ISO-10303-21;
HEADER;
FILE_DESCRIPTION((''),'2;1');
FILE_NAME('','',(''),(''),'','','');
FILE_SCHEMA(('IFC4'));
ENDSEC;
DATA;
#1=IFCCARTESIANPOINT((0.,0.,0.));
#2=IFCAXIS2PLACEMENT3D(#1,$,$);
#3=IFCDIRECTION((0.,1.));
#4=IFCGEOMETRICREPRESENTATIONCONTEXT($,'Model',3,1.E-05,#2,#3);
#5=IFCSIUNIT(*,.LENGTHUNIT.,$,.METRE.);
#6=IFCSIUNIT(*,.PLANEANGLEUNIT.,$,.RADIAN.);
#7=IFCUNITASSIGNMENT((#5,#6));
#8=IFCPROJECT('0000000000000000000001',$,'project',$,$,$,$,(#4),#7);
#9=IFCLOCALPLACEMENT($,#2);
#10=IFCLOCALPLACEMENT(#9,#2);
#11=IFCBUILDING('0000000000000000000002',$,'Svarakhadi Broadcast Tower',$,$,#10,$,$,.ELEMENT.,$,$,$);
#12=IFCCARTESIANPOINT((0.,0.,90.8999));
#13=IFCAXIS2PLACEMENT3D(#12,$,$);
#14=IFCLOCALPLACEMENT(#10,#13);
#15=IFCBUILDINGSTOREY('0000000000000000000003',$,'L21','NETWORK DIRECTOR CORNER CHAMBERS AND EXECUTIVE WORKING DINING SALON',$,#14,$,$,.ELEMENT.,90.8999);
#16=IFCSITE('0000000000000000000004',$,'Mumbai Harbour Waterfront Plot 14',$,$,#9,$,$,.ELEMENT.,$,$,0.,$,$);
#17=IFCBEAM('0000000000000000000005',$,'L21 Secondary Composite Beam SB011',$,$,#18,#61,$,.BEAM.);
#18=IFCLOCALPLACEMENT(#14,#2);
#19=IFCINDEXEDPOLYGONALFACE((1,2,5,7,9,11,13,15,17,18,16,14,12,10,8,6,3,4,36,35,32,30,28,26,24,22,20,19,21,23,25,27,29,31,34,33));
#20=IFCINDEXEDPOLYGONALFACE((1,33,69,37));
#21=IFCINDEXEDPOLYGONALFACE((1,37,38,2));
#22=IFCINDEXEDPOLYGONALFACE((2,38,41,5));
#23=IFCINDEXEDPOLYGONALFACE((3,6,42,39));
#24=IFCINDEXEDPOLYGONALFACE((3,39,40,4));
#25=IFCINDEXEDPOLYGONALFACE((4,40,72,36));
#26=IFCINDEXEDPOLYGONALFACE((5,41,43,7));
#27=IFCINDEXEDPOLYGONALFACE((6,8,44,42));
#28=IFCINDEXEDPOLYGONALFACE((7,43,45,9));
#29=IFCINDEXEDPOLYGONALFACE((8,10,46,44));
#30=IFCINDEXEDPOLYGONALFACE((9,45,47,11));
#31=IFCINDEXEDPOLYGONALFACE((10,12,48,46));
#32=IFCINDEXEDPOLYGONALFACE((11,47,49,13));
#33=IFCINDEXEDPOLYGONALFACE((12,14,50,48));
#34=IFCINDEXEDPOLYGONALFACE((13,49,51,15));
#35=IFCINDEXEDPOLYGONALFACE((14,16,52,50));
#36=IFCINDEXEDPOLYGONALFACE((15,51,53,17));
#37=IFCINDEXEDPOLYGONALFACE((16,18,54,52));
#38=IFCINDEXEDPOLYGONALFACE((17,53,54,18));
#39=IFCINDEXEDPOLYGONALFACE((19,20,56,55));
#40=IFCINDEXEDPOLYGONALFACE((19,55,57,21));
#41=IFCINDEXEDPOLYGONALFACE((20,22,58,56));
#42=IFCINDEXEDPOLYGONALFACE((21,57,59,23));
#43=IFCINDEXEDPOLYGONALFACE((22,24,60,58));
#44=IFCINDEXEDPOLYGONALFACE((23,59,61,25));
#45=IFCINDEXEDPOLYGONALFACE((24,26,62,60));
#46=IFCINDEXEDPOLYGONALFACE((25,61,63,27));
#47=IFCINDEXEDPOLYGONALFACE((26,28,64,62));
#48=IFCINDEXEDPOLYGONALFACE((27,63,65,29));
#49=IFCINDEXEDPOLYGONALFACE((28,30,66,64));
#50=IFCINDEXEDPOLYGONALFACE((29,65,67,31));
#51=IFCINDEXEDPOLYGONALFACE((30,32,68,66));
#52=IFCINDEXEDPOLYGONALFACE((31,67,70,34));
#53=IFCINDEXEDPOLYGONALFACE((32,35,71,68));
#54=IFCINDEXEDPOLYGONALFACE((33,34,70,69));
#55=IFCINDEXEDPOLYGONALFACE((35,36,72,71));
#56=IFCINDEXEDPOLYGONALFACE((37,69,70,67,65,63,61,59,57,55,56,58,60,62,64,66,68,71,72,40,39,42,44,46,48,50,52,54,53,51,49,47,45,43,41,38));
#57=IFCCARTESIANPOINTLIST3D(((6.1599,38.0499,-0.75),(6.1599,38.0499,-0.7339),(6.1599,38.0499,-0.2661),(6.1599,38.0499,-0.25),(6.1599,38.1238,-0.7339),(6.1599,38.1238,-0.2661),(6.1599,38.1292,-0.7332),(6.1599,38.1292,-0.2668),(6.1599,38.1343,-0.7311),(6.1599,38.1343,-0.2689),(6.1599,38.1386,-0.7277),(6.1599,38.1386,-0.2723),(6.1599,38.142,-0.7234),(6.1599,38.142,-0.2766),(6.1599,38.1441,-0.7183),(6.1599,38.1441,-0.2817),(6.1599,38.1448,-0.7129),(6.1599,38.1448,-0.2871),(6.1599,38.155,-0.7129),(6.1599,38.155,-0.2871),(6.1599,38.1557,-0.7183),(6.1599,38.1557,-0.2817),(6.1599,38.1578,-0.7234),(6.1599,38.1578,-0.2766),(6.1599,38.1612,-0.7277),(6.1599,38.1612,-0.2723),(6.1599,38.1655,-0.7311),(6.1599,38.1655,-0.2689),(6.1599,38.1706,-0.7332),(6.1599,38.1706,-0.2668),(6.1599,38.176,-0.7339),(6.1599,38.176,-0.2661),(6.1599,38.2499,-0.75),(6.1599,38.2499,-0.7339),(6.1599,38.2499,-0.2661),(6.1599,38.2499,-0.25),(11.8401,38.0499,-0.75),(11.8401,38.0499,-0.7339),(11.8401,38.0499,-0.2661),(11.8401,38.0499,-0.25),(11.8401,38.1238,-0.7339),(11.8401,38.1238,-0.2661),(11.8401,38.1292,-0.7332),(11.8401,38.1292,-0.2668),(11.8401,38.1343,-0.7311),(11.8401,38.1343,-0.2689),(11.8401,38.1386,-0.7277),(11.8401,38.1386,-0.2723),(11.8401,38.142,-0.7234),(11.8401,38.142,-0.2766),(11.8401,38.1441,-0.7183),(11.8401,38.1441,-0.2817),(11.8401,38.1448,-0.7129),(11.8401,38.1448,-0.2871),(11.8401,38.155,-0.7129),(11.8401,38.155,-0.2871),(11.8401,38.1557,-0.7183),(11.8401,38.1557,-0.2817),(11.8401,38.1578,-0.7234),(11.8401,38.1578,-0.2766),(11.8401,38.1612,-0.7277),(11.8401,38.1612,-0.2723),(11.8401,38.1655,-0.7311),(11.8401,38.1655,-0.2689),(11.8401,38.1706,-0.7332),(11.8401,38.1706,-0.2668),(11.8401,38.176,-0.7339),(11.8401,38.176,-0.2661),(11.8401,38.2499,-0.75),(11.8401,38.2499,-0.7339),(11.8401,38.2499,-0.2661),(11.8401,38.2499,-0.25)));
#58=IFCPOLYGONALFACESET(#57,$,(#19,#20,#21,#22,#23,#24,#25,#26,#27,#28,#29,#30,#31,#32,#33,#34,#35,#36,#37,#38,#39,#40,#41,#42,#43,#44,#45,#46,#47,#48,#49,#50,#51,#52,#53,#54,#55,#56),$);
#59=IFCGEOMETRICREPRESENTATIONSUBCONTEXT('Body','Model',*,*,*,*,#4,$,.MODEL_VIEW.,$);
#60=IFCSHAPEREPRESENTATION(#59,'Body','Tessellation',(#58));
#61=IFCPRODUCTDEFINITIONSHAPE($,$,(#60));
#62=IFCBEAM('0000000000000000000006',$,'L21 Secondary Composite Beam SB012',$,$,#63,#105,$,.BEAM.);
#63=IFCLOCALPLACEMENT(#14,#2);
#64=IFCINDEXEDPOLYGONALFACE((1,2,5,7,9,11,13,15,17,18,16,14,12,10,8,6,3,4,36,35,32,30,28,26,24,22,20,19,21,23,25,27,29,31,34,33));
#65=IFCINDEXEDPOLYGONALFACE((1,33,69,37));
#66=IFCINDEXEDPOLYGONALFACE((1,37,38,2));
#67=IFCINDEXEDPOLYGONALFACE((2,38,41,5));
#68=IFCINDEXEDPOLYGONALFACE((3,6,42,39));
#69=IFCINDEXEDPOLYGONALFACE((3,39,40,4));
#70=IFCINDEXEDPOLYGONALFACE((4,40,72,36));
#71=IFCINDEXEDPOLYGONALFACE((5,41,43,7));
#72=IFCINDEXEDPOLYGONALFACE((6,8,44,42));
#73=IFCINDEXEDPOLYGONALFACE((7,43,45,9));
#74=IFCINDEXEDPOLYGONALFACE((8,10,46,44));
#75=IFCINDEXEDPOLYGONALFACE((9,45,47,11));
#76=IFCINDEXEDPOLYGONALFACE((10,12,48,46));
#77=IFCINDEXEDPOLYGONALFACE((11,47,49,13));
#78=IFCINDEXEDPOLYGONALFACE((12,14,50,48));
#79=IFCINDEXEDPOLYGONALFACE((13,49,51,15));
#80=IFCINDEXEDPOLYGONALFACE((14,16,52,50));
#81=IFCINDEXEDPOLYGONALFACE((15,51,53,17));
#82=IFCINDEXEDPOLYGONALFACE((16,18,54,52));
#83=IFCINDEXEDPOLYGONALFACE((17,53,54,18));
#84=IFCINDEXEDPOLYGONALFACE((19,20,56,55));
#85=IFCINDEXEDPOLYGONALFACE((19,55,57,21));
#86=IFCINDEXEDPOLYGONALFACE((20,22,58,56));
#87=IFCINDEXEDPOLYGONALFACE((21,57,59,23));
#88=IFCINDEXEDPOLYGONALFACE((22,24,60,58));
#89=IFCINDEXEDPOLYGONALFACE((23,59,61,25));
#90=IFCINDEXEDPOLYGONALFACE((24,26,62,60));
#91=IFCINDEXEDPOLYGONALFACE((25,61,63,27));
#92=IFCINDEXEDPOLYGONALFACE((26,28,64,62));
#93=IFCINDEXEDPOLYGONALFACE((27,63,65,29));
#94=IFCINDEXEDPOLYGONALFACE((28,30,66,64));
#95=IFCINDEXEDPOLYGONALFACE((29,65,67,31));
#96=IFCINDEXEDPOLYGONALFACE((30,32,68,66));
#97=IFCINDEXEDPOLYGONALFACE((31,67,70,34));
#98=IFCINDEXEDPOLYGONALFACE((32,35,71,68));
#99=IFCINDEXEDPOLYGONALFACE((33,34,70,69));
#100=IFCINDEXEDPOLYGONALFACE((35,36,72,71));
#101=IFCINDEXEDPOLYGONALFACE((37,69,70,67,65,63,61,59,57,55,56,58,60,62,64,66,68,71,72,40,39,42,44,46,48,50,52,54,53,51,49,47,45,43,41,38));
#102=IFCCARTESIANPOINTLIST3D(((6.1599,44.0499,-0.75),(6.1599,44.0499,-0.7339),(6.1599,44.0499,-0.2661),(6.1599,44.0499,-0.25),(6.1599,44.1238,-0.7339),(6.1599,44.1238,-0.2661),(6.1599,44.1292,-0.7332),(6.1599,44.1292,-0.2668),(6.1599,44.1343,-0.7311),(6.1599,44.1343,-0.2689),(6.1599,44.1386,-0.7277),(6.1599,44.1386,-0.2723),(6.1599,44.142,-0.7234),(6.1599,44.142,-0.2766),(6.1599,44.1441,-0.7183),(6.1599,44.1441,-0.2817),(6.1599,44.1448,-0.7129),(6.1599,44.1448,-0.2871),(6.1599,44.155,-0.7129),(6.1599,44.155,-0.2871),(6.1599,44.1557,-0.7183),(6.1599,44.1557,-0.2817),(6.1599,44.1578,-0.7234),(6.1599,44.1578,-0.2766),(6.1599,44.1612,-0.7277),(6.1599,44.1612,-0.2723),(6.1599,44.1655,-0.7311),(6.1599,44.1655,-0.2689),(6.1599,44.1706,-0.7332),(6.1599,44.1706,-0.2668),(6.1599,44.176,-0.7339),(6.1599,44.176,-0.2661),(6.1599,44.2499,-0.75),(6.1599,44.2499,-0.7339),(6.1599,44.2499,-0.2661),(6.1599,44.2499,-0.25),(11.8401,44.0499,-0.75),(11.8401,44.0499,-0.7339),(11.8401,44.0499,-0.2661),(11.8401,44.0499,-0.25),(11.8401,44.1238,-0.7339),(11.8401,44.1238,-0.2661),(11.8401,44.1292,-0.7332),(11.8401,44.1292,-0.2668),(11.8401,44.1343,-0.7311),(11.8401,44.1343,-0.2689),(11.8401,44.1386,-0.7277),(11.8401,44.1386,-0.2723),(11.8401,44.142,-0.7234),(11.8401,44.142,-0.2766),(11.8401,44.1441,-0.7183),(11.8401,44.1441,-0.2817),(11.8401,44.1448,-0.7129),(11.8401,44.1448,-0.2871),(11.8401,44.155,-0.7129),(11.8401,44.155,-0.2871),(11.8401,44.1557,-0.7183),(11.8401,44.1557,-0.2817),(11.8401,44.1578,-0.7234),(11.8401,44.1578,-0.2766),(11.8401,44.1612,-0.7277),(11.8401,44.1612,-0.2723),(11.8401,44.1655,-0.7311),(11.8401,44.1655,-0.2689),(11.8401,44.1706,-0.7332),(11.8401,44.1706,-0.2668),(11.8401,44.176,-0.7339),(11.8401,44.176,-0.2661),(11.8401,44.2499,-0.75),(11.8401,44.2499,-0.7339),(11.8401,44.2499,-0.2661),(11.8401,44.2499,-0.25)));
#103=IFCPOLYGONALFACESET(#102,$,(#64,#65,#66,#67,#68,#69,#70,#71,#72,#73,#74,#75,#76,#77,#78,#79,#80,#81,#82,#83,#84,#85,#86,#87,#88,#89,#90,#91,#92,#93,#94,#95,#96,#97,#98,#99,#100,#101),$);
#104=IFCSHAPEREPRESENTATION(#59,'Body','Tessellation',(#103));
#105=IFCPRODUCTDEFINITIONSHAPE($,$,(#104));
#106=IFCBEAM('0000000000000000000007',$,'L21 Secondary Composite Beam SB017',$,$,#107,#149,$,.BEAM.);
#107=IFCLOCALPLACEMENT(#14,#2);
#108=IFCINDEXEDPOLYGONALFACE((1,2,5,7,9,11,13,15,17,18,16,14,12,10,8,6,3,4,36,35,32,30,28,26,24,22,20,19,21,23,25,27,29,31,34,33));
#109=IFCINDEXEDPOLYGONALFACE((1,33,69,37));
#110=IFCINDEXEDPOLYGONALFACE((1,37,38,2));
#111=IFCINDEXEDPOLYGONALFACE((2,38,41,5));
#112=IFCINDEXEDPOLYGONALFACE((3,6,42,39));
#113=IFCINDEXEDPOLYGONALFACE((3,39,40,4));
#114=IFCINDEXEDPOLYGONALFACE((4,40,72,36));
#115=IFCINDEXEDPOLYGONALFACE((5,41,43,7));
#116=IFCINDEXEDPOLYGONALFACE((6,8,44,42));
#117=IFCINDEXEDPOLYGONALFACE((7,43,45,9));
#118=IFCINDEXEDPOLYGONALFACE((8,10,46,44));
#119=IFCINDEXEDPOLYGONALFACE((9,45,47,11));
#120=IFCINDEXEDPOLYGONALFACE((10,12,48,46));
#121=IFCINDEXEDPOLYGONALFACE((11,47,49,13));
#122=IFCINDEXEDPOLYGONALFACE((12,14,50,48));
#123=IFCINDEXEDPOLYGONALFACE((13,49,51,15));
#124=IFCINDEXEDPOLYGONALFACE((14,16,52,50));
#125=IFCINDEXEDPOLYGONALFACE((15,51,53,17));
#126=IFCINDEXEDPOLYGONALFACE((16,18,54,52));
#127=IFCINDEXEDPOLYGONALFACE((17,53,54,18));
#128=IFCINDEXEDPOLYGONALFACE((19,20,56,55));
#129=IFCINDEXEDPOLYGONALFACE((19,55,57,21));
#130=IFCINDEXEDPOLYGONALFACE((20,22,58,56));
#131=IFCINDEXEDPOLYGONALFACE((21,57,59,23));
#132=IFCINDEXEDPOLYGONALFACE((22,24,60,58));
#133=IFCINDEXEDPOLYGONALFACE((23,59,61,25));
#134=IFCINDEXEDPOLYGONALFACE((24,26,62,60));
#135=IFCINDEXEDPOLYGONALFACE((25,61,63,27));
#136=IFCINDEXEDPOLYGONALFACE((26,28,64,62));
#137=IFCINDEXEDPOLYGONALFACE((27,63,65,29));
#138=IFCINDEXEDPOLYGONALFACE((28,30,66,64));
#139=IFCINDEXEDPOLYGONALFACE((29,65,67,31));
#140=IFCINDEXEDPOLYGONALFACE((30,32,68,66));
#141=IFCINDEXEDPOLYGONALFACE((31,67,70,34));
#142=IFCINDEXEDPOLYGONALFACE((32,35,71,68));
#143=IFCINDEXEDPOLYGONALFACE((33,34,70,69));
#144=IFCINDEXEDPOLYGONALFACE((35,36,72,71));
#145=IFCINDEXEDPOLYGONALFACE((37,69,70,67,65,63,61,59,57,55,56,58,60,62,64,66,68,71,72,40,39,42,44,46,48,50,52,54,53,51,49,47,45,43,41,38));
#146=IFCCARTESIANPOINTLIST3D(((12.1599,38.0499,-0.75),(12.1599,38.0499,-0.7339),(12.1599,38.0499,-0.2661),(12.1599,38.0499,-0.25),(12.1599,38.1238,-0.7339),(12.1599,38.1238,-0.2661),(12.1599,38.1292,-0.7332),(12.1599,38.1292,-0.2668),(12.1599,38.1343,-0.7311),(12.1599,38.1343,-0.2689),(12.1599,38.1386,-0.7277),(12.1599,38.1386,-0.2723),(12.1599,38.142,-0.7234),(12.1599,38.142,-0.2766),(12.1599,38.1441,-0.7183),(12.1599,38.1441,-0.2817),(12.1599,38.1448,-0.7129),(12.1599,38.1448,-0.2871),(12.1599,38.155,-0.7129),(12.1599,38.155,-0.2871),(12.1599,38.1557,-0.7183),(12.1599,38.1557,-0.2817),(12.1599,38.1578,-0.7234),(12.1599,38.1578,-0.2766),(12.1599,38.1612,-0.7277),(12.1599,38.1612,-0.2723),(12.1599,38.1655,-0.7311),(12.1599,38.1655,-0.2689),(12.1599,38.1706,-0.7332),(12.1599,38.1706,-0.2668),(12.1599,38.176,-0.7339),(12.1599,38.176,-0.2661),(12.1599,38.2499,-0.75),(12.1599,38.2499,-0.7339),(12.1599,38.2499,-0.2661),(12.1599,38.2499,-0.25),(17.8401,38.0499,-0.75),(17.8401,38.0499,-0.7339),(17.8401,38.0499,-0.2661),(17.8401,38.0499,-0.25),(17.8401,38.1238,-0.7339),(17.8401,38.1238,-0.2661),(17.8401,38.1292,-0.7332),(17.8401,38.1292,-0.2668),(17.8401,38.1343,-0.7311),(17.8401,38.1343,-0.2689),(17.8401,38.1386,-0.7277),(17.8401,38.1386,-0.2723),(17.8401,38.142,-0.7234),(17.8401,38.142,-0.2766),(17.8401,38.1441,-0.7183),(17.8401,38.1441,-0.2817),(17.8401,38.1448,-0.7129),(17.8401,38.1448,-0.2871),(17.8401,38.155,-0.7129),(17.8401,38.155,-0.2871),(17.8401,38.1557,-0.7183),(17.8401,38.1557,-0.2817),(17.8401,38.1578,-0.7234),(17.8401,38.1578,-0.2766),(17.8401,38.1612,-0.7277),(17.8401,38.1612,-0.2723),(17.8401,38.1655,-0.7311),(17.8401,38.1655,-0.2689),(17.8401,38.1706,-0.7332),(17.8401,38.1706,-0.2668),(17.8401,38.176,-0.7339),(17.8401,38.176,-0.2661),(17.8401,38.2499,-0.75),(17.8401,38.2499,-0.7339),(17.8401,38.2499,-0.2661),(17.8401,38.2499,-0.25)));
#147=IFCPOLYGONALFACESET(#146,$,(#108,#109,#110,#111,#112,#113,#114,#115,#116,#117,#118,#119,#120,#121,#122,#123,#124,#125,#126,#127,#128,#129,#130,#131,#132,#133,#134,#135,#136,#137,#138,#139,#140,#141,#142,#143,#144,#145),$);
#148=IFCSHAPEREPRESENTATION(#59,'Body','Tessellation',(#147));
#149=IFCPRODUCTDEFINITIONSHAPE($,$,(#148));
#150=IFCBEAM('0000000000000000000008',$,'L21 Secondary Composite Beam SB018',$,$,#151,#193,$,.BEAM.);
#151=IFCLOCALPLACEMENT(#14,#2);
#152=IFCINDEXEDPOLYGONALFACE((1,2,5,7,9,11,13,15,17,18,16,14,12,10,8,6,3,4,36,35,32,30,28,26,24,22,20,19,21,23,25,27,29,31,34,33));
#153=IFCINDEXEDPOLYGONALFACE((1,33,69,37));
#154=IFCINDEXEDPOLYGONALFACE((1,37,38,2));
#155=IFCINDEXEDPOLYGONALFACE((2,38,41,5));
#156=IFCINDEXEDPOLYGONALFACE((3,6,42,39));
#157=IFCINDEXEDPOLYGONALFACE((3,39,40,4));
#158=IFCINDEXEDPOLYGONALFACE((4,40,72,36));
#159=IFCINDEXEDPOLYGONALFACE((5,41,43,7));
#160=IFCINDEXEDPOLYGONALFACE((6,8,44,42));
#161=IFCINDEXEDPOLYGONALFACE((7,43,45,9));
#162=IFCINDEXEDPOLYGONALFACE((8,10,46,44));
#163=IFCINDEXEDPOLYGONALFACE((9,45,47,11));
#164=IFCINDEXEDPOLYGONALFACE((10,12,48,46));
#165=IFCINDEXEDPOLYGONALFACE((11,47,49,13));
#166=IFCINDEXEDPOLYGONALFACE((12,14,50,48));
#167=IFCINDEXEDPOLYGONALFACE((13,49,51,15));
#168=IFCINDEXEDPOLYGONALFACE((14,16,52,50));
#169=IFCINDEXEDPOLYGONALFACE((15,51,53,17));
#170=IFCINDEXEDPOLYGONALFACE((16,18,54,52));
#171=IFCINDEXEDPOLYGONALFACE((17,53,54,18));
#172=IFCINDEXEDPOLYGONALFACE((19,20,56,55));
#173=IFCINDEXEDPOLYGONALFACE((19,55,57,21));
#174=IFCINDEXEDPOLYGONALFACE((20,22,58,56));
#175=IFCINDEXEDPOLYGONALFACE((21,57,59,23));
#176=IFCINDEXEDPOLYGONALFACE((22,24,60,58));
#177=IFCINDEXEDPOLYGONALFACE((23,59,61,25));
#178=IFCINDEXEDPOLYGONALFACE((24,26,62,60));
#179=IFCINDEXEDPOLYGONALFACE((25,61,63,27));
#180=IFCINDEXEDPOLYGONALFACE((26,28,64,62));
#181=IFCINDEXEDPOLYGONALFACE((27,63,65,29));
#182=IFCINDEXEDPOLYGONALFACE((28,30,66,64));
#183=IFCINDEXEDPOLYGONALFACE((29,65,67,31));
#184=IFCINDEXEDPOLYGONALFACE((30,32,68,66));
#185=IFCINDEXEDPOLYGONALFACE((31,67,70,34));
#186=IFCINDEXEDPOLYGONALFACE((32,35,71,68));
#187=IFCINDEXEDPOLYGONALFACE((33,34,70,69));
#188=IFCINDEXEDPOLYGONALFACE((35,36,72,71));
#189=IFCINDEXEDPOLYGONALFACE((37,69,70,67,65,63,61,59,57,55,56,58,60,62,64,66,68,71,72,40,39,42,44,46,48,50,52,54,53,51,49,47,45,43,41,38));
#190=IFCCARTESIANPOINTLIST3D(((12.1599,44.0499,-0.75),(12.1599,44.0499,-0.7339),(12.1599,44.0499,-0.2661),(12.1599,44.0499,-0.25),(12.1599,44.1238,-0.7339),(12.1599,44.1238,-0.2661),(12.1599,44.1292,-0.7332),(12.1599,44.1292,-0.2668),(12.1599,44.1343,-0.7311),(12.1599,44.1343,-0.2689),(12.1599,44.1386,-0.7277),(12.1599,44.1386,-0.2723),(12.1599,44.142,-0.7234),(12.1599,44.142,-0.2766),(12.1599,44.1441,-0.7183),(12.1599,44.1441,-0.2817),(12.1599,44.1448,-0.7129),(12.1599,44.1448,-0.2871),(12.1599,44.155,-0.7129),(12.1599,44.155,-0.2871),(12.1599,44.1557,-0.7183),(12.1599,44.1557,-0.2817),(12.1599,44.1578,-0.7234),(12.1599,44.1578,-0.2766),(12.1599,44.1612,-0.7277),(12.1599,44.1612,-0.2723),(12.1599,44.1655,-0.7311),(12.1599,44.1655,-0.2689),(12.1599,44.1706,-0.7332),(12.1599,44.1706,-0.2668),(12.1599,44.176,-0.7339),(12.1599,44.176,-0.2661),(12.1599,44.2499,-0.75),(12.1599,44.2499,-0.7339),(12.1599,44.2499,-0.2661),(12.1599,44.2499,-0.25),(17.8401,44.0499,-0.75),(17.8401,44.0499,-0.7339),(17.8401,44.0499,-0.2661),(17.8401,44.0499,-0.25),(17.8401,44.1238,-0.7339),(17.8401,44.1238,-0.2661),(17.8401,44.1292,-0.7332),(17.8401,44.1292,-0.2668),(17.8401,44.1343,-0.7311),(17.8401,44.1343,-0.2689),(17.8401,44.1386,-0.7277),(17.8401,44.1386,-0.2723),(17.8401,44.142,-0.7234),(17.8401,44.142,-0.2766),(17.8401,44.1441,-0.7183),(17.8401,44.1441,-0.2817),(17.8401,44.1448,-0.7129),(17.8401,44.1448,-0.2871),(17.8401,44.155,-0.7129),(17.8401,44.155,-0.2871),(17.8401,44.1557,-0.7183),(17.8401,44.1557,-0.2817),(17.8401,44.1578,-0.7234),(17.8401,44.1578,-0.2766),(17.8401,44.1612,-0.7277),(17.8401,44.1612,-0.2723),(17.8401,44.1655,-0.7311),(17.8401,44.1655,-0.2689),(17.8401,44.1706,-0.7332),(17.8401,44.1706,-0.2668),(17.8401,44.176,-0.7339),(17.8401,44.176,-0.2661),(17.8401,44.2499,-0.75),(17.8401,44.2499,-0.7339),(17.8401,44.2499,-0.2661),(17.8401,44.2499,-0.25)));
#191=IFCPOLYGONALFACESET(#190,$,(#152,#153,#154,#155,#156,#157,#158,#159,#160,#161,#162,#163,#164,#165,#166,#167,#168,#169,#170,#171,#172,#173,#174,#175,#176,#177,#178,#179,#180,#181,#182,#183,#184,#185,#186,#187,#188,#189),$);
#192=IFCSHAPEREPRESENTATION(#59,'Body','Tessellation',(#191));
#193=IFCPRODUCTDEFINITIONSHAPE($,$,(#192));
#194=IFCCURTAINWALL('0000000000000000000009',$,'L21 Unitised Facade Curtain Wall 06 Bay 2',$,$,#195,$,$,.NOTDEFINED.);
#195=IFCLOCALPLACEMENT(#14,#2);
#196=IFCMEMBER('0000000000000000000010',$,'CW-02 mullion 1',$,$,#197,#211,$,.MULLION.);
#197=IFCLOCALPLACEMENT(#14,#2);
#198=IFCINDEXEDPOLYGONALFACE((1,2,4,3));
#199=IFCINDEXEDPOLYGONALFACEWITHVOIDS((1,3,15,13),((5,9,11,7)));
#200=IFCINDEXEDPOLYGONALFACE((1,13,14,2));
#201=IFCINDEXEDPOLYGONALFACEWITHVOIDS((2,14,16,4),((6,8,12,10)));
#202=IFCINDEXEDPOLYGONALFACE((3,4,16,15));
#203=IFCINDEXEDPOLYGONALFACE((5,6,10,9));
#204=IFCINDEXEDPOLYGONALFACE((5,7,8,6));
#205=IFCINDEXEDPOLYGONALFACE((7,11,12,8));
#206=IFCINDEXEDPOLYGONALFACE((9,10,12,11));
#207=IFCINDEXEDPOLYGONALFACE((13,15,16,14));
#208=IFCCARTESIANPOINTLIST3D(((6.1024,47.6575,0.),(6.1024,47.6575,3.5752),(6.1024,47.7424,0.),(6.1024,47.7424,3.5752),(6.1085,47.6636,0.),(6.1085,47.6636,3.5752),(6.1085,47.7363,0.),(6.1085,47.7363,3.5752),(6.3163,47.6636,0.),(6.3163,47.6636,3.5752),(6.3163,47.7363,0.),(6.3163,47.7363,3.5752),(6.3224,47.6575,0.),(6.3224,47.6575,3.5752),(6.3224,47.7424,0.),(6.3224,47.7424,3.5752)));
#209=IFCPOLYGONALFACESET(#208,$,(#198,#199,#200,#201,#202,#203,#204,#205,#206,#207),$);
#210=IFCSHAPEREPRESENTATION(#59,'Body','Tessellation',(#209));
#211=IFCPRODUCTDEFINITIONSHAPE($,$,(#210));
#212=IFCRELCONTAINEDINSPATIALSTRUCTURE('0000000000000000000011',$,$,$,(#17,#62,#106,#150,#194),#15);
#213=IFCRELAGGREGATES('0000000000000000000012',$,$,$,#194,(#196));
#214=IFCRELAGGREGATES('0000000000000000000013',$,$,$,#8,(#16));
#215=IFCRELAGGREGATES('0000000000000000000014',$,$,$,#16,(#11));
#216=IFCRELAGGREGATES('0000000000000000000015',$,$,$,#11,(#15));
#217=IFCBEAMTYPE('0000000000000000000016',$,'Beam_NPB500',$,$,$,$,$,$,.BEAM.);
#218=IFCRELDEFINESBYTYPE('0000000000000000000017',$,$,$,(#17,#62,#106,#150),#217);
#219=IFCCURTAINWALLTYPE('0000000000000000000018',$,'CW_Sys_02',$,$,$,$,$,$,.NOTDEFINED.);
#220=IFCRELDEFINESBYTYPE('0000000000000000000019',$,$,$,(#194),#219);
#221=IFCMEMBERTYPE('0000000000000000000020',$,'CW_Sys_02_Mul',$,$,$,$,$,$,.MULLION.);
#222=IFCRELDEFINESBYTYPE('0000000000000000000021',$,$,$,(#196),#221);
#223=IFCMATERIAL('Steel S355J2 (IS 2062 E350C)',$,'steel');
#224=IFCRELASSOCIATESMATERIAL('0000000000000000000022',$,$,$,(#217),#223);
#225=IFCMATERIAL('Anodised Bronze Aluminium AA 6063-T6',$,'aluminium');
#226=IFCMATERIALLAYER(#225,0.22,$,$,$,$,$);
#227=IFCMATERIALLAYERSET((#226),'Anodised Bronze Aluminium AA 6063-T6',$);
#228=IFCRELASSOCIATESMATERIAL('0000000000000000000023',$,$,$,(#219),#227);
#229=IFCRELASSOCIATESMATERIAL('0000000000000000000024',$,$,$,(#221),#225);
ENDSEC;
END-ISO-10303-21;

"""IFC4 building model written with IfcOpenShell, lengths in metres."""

from ifc_helpers import new_model, si_unit, direction, frame, origin, origin_2d, place, context, subcontext, project, spatial, hollow_rectangle, i_section, extrude, material, layer, layer_set, material_profile, profile_set, type_object, element, aggregate, save


model = new_model("IFC4")

# Units and contexts
model_context = context("Model", 3, precision=1e-05, world=origin(), true_north=direction((0.0, 1.0)))
body_context = subcontext(model_context, "Body", "Model", "MODEL_VIEW")
ifc_project = project(units=[si_unit("LENGTHUNIT", "METRE"), si_unit("PLANEANGLEUNIT", "RADIAN")], contexts=[model_context])

# Site, building, storey
site_placement = place(None, origin())
site = spatial("IfcSite", under=ifc_project, at=site_placement, Name="Mumbai Harbour Waterfront Plot 14", CompositionType="ELEMENT", RefElevation=0.0)
building_placement = place(site_placement, origin())
building = spatial("IfcBuilding", under=site, at=building_placement, Name="Svarakhadi Broadcast Tower", CompositionType="ELEMENT")
storey_placement = place(building_placement, frame((0.0, 0.0, 90.8999)))
storey = spatial("IfcBuildingStorey", under=building, at=storey_placement, Name="L21", Description="NETWORK DIRECTOR CORNER CHAMBERS AND EXECUTIVE WORKING DINING SALON", CompositionType="ELEMENT", Elevation=90.8999)

# Beams
ifc_material_1 = material(Name="Steel S355J2 (IS 2062 E350C)", Category="steel")
ifc_material_profile_1 = material_profile(ifc_material_1, i_section(OverallWidth=0.2, OverallDepth=0.5, WebThickness=0.0103, FlangeThickness=0.0161, FilletRadius=0.021, at=origin_2d()), Name="NPB 500x200x91")
ifc_profile_set_1 = profile_set([ifc_material_profile_1], Name="Steel S355J2 (IS 2062 E350C)")
beam_type_1 = type_object("IfcBeamType", Name="Beam_NPB500", PredefinedType="BEAM", material=ifc_profile_set_1)
for number, where, z_axis, x_axis, name in (
    (1, (6.1599, 38.1499, -0.5), (1.0, 0.0, 0.0), (0.0, 1.0, 0.0), "L21 Secondary Composite Beam SB011"),
    (2, (6.1599, 44.1499, -0.5), (1.0, 0.0, 0.0), (0.0, 1.0, 0.0), "L21 Secondary Composite Beam SB012"),
    (3, (12.1599, 38.1499, -0.5), (1.0, 0.0, 0.0), (0.0, 1.0, 0.0), "L21 Secondary Composite Beam SB017"),
    (4, (12.1599, 44.1499, -0.5), (1.0, 0.0, 0.0), (0.0, 1.0, 0.0), "L21 Secondary Composite Beam SB018"),
):
    element("IfcBeam", number, at=place(storey_placement, frame(where, z_axis=z_axis, x_axis=x_axis)), inside=storey, type_object=beam_type_1, Name=name, PredefinedType="BEAM", context=body_context, shape_type="SweptSolid", body=[
        extrude(i_section(OverallWidth=0.2, OverallDepth=0.5, WebThickness=0.0103, FlangeThickness=0.0161, FilletRadius=0.021, at=origin_2d()), origin(), (0.0, 0.0, 1.0), 5.6802),
    ])

# Curtain wall, member
ifc_material_2 = material(Name="Anodised Bronze Aluminium AA 6063-T6", Category="aluminium")
ifc_layer_1 = layer(ifc_material_2, 0.22)
ifc_layer_set_1 = layer_set([ifc_layer_1], Name="Anodised Bronze Aluminium AA 6063-T6")
curtain_wall_type = type_object("IfcCurtainWallType", Name="CW_Sys_02", PredefinedType="NOTDEFINED", material=ifc_layer_set_1)
curtain_wall_1_placement = place(storey_placement, origin())
curtain_wall_1 = element("IfcCurtainWall", 5, at=curtain_wall_1_placement, inside=storey, type_object=curtain_wall_type, Name="L21 Unitised Facade Curtain Wall 06 Bay 2", PredefinedType="NOTDEFINED")
ifc_material_profile_2 = material_profile(ifc_material_2, hollow_rectangle(XDim=0.085, YDim=0.22, WallThickness=0.0061, at=origin_2d()), Name="ALU MULLION 220x85x6")
ifc_profile_set_2 = profile_set([ifc_material_profile_2], Name="Anodised Bronze Aluminium AA 6063-T6")
member_type_1 = type_object("IfcMemberType", Name="CW_Sys_02_Mul", PredefinedType="MULLION", material=ifc_profile_set_2)
member_1_placement = place(storey_placement, frame((6.2124, 47.7, 0.0), z_axis=(0.0, 0.0, 1.0), x_axis=(0.0, 1.0, 0.0)))
member_1 = element("IfcMember", 6, at=member_1_placement, type_object=member_type_1, Name="CW-02 mullion 1", PredefinedType="MULLION", context=body_context, shape_type="SweptSolid", body=[
    extrude(hollow_rectangle(XDim=0.085, YDim=0.22, WallThickness=0.0061, at=origin_2d()), origin(), (0.0, 0.0, 1.0), 3.5752),
])

aggregate(curtain_wall_1, [member_1])

save(model, "model.ifc")
